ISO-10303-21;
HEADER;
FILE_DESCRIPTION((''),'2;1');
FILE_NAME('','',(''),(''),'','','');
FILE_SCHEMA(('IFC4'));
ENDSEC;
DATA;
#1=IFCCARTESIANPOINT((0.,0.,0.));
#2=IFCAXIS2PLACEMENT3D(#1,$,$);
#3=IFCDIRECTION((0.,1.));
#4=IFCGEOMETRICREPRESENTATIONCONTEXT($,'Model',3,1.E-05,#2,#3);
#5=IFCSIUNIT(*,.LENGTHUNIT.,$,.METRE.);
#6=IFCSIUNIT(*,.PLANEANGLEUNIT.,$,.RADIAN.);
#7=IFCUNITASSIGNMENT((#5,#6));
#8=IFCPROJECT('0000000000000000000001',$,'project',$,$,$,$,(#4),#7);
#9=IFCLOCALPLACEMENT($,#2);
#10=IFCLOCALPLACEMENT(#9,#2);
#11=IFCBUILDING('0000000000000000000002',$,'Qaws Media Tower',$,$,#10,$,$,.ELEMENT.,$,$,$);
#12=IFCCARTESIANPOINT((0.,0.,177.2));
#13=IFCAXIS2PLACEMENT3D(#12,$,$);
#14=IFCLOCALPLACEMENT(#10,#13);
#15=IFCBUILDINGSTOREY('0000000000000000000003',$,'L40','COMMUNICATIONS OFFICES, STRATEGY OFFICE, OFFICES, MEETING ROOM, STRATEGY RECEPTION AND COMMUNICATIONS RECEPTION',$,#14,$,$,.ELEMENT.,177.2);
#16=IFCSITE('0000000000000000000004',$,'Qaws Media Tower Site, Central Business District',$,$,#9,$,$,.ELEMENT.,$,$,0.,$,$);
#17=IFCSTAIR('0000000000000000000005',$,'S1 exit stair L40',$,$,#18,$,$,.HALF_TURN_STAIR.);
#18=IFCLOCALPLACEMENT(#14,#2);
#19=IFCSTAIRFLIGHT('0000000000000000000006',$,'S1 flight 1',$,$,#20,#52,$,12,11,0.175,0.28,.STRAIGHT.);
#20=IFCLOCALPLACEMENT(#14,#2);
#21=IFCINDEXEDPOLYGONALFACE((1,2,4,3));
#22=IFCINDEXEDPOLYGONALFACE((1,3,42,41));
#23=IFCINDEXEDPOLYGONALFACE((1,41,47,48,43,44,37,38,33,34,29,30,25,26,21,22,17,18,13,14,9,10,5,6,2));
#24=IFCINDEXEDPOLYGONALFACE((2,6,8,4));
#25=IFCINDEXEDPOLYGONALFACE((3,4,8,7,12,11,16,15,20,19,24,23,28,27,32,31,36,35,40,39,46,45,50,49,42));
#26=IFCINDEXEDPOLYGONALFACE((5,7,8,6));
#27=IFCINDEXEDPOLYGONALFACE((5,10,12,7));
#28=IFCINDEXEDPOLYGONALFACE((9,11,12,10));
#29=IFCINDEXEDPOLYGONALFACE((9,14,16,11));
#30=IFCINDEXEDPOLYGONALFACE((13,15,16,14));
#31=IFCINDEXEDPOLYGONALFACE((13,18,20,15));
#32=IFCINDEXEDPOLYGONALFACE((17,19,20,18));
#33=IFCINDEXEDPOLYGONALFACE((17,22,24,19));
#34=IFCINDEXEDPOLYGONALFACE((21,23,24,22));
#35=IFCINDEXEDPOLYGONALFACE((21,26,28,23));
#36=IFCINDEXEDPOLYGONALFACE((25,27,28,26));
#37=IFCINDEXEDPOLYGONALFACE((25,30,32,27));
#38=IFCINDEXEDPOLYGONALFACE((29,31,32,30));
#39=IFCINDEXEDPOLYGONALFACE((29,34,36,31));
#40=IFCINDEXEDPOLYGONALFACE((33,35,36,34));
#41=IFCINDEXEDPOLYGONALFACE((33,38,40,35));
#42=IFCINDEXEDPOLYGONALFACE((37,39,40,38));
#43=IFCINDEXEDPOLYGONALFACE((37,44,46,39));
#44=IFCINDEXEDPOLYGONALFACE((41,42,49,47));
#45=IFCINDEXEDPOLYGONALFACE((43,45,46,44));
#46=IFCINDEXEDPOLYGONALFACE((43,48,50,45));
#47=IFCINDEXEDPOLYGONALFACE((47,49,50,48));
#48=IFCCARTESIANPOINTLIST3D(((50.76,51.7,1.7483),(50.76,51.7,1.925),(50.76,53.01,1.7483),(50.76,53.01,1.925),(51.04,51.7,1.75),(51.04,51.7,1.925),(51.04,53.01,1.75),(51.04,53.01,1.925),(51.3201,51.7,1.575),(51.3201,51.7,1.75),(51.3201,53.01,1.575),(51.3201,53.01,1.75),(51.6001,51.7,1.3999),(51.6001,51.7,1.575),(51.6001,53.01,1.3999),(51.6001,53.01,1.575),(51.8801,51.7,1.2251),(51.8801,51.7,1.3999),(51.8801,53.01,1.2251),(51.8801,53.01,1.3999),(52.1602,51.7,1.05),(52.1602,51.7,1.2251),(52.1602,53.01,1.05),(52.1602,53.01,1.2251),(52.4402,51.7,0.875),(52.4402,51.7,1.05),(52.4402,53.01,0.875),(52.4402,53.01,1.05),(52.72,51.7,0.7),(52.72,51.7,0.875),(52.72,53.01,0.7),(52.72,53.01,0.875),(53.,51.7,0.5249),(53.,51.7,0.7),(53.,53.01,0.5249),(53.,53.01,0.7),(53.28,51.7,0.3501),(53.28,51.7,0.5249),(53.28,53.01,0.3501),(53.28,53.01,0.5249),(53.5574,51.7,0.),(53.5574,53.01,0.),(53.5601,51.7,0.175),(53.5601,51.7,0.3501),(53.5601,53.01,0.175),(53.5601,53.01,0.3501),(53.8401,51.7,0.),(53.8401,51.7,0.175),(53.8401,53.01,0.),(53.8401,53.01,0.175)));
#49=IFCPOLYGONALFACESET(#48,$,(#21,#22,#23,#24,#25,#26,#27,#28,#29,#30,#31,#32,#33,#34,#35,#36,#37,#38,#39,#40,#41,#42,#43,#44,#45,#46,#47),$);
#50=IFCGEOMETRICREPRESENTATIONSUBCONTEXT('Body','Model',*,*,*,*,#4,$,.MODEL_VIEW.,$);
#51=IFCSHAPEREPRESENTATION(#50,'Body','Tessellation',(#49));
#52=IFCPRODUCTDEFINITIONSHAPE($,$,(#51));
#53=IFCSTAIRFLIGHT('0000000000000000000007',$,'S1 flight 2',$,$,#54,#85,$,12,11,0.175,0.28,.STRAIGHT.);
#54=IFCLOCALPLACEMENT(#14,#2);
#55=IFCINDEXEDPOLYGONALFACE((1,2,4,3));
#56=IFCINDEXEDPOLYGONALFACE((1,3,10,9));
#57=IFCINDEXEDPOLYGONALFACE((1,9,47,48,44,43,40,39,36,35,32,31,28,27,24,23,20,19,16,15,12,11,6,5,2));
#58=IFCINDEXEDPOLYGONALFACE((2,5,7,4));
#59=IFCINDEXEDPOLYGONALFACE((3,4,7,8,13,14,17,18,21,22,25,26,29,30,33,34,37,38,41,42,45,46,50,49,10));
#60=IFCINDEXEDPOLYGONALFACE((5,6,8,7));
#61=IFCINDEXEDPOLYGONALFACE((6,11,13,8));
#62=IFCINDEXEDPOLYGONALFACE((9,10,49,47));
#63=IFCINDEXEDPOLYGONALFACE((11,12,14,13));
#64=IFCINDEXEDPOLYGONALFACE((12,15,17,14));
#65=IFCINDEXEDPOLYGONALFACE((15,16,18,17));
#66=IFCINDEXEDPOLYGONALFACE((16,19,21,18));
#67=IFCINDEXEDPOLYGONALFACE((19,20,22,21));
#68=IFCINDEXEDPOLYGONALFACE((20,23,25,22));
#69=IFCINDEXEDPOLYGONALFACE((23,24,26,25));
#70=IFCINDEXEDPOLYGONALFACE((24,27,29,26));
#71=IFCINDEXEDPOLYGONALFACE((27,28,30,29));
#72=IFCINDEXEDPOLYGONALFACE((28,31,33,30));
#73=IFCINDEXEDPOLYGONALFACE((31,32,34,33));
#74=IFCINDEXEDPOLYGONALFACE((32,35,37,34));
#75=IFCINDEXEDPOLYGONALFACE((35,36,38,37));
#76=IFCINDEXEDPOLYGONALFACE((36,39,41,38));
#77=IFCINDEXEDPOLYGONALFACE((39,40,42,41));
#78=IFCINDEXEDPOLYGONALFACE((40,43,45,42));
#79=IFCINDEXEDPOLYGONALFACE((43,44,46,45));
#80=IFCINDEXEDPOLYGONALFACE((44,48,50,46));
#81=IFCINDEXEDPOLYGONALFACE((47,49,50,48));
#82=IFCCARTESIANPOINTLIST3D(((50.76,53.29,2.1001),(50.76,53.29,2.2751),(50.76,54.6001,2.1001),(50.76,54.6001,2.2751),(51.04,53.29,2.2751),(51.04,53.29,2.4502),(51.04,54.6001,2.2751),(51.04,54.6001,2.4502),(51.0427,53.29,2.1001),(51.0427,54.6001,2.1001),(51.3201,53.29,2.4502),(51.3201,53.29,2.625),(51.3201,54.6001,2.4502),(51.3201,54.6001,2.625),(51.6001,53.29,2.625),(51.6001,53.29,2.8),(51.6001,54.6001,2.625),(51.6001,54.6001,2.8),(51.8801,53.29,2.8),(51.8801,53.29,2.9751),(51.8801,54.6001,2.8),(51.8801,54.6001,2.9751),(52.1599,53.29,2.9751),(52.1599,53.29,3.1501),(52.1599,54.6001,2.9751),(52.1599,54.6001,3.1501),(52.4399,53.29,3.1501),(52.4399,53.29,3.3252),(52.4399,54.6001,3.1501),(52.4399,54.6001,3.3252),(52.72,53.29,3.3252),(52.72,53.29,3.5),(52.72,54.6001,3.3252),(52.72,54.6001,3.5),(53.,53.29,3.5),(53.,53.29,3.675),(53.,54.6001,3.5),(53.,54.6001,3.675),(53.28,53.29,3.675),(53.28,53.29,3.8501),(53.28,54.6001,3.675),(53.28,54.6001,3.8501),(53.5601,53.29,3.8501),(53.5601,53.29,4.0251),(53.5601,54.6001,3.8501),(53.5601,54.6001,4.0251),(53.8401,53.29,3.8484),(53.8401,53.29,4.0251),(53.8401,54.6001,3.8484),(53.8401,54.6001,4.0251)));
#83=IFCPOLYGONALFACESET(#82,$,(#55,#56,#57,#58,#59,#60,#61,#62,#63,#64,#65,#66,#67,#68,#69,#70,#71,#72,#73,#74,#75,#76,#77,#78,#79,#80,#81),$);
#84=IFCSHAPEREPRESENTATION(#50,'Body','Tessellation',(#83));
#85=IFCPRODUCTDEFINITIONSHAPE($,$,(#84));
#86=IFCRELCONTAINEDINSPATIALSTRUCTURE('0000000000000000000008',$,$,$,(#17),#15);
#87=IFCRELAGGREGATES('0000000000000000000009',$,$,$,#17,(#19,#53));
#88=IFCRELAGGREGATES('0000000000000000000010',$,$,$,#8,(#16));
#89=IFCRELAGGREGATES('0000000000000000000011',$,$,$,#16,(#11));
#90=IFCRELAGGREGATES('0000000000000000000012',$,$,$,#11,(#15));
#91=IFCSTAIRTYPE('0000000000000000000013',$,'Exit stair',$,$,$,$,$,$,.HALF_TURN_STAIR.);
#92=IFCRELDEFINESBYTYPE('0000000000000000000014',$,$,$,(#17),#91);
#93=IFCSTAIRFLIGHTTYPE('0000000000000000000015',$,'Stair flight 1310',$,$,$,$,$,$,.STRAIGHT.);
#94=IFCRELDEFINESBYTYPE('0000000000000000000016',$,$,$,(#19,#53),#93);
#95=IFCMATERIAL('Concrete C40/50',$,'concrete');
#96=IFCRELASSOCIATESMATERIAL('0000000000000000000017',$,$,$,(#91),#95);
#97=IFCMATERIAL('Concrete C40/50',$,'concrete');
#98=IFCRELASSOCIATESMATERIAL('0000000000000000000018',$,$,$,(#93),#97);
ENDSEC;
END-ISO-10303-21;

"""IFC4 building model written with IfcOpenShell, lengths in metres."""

from ifc_helpers import new_model, si_unit, direction, frame, origin, place, context, subcontext, project, spatial, polyline, outline, extrude, material, type_object, element, aggregate, save


model = new_model("IFC4")

# Units and contexts
model_context = context("Model", 3, precision=1e-05, world=origin(), true_north=direction((0.0, 1.0)))
body_context = subcontext(model_context, "Body", "Model", "MODEL_VIEW")
ifc_project = project(units=[si_unit("LENGTHUNIT", "METRE"), si_unit("PLANEANGLEUNIT", "RADIAN")], contexts=[model_context])

# Site, building, storey
site_placement = place(None, origin())
site = spatial("IfcSite", under=ifc_project, at=site_placement, Name="Qaws Media Tower Site, Central Business District", CompositionType="ELEMENT", RefElevation=0.0)
building_placement = place(site_placement, origin())
building = spatial("IfcBuilding", under=site, at=building_placement, Name="Qaws Media Tower", CompositionType="ELEMENT")
storey_placement = place(building_placement, frame((0.0, 0.0, 177.2)))
storey = spatial("IfcBuildingStorey", under=building, at=storey_placement, Name="L40", Description="COMMUNICATIONS OFFICES, STRATEGY OFFICE, OFFICES, MEETING ROOM, STRATEGY RECEPTION AND COMMUNICATIONS RECEPTION", CompositionType="ELEMENT", Elevation=177.2)

# Stair, stair flights
ifc_material_1 = material(Name="Concrete C40/50", Category="concrete")
stair_type = type_object("IfcStairType", Name="Exit stair", PredefinedType="HALF_TURN_STAIR", material=ifc_material_1)
stair_placement = place(storey_placement, origin())
stair = element("IfcStair", 1, at=stair_placement, inside=storey, type_object=stair_type, Name="S1 exit stair L40", PredefinedType="HALF_TURN_STAIR")
ifc_material_2 = material(Name="Concrete C40/50", Category="concrete")
stair_flight_type = type_object("IfcStairFlightType", Name="Stair flight 1310", PredefinedType="STRAIGHT", material=ifc_material_2)
stair_flight_1_placement = place(storey_placement, frame((53.8401, 52.355, 0.0), z_axis=(0.0, 0.0, 1.0), x_axis=(-1.0, 0.0, 0.0)))
stair_flight_1 = element("IfcStairFlight", 2, at=stair_flight_1_placement, type_object=stair_flight_type, Name="S1 flight 1", NumberOfRisers=12, NumberOfTreads=11, PredefinedType="STRAIGHT", RiserHeight=0.175, TreadLength=0.28, context=body_context, shape_type="SweptSolid", body=[
    extrude(outline(polyline([(0.0, 0.0), (0.0, 0.175), (0.28, 0.175), (0.28, 0.3501), (0.5601, 0.3501), (0.5601, 0.5249), (0.8401, 0.5249), (0.8401, 0.7), (1.1201, 0.7), (1.1201, 0.875), (1.3999, 0.875), (1.3999, 1.05), (1.6799, 1.05), (1.6799, 1.2251), (1.96, 1.2251), (1.96, 1.3999), (2.24, 1.3999), (2.24, 1.575), (2.52, 1.575), (2.52, 1.75), (2.8, 1.75), (2.8, 1.925), (3.0801, 1.925), (3.0801, 2.1001), (3.0801, 1.7483), (0.2827, 0.0), (0.0, 0.0)])), frame((0.0, 0.655, 0.0), z_axis=(0.0, -1.0, 0.0), x_axis=(1.0, 0.0, 0.0)), (0.0, 0.0, 1.0), 1.3101),
])
stair_flight_2_placement = place(storey_placement, frame((50.76, 53.9451, 2.1001), z_axis=(0.0, 0.0, 1.0), x_axis=(1.0, 0.0, 0.0)))
stair_flight_2 = element("IfcStairFlight", 3, at=stair_flight_2_placement, type_object=stair_flight_type, Name="S1 flight 2", NumberOfRisers=12, NumberOfTreads=11, PredefinedType="STRAIGHT", RiserHeight=0.175, TreadLength=0.28, context=body_context, shape_type="SweptSolid", body=[
    extrude(outline(polyline([(0.0, 0.0), (0.0, 0.175), (0.28, 0.175), (0.28, 0.3501), (0.5601, 0.3501), (0.5601, 0.5249), (0.8401, 0.5249), (0.8401, 0.7), (1.1201, 0.7), (1.1201, 0.875), (1.3999, 0.875), (1.3999, 1.05), (1.6799, 1.05), (1.6799, 1.2251), (1.96, 1.2251), (1.96, 1.3999), (2.24, 1.3999), (2.24, 1.575), (2.52, 1.575), (2.52, 1.75), (2.8, 1.75), (2.8, 1.925), (3.0801, 1.925), (3.0801, 2.1001), (3.0801, 1.7483), (0.2827, 0.0), (0.0, 0.0)])), frame((0.0, 0.655, 0.0), z_axis=(0.0, -1.0, 0.0), x_axis=(1.0, 0.0, 0.0)), (0.0, 0.0, 1.0), 1.3101),
])
aggregate(stair, [stair_flight_1, stair_flight_2])

save(model, "model.ifc")
